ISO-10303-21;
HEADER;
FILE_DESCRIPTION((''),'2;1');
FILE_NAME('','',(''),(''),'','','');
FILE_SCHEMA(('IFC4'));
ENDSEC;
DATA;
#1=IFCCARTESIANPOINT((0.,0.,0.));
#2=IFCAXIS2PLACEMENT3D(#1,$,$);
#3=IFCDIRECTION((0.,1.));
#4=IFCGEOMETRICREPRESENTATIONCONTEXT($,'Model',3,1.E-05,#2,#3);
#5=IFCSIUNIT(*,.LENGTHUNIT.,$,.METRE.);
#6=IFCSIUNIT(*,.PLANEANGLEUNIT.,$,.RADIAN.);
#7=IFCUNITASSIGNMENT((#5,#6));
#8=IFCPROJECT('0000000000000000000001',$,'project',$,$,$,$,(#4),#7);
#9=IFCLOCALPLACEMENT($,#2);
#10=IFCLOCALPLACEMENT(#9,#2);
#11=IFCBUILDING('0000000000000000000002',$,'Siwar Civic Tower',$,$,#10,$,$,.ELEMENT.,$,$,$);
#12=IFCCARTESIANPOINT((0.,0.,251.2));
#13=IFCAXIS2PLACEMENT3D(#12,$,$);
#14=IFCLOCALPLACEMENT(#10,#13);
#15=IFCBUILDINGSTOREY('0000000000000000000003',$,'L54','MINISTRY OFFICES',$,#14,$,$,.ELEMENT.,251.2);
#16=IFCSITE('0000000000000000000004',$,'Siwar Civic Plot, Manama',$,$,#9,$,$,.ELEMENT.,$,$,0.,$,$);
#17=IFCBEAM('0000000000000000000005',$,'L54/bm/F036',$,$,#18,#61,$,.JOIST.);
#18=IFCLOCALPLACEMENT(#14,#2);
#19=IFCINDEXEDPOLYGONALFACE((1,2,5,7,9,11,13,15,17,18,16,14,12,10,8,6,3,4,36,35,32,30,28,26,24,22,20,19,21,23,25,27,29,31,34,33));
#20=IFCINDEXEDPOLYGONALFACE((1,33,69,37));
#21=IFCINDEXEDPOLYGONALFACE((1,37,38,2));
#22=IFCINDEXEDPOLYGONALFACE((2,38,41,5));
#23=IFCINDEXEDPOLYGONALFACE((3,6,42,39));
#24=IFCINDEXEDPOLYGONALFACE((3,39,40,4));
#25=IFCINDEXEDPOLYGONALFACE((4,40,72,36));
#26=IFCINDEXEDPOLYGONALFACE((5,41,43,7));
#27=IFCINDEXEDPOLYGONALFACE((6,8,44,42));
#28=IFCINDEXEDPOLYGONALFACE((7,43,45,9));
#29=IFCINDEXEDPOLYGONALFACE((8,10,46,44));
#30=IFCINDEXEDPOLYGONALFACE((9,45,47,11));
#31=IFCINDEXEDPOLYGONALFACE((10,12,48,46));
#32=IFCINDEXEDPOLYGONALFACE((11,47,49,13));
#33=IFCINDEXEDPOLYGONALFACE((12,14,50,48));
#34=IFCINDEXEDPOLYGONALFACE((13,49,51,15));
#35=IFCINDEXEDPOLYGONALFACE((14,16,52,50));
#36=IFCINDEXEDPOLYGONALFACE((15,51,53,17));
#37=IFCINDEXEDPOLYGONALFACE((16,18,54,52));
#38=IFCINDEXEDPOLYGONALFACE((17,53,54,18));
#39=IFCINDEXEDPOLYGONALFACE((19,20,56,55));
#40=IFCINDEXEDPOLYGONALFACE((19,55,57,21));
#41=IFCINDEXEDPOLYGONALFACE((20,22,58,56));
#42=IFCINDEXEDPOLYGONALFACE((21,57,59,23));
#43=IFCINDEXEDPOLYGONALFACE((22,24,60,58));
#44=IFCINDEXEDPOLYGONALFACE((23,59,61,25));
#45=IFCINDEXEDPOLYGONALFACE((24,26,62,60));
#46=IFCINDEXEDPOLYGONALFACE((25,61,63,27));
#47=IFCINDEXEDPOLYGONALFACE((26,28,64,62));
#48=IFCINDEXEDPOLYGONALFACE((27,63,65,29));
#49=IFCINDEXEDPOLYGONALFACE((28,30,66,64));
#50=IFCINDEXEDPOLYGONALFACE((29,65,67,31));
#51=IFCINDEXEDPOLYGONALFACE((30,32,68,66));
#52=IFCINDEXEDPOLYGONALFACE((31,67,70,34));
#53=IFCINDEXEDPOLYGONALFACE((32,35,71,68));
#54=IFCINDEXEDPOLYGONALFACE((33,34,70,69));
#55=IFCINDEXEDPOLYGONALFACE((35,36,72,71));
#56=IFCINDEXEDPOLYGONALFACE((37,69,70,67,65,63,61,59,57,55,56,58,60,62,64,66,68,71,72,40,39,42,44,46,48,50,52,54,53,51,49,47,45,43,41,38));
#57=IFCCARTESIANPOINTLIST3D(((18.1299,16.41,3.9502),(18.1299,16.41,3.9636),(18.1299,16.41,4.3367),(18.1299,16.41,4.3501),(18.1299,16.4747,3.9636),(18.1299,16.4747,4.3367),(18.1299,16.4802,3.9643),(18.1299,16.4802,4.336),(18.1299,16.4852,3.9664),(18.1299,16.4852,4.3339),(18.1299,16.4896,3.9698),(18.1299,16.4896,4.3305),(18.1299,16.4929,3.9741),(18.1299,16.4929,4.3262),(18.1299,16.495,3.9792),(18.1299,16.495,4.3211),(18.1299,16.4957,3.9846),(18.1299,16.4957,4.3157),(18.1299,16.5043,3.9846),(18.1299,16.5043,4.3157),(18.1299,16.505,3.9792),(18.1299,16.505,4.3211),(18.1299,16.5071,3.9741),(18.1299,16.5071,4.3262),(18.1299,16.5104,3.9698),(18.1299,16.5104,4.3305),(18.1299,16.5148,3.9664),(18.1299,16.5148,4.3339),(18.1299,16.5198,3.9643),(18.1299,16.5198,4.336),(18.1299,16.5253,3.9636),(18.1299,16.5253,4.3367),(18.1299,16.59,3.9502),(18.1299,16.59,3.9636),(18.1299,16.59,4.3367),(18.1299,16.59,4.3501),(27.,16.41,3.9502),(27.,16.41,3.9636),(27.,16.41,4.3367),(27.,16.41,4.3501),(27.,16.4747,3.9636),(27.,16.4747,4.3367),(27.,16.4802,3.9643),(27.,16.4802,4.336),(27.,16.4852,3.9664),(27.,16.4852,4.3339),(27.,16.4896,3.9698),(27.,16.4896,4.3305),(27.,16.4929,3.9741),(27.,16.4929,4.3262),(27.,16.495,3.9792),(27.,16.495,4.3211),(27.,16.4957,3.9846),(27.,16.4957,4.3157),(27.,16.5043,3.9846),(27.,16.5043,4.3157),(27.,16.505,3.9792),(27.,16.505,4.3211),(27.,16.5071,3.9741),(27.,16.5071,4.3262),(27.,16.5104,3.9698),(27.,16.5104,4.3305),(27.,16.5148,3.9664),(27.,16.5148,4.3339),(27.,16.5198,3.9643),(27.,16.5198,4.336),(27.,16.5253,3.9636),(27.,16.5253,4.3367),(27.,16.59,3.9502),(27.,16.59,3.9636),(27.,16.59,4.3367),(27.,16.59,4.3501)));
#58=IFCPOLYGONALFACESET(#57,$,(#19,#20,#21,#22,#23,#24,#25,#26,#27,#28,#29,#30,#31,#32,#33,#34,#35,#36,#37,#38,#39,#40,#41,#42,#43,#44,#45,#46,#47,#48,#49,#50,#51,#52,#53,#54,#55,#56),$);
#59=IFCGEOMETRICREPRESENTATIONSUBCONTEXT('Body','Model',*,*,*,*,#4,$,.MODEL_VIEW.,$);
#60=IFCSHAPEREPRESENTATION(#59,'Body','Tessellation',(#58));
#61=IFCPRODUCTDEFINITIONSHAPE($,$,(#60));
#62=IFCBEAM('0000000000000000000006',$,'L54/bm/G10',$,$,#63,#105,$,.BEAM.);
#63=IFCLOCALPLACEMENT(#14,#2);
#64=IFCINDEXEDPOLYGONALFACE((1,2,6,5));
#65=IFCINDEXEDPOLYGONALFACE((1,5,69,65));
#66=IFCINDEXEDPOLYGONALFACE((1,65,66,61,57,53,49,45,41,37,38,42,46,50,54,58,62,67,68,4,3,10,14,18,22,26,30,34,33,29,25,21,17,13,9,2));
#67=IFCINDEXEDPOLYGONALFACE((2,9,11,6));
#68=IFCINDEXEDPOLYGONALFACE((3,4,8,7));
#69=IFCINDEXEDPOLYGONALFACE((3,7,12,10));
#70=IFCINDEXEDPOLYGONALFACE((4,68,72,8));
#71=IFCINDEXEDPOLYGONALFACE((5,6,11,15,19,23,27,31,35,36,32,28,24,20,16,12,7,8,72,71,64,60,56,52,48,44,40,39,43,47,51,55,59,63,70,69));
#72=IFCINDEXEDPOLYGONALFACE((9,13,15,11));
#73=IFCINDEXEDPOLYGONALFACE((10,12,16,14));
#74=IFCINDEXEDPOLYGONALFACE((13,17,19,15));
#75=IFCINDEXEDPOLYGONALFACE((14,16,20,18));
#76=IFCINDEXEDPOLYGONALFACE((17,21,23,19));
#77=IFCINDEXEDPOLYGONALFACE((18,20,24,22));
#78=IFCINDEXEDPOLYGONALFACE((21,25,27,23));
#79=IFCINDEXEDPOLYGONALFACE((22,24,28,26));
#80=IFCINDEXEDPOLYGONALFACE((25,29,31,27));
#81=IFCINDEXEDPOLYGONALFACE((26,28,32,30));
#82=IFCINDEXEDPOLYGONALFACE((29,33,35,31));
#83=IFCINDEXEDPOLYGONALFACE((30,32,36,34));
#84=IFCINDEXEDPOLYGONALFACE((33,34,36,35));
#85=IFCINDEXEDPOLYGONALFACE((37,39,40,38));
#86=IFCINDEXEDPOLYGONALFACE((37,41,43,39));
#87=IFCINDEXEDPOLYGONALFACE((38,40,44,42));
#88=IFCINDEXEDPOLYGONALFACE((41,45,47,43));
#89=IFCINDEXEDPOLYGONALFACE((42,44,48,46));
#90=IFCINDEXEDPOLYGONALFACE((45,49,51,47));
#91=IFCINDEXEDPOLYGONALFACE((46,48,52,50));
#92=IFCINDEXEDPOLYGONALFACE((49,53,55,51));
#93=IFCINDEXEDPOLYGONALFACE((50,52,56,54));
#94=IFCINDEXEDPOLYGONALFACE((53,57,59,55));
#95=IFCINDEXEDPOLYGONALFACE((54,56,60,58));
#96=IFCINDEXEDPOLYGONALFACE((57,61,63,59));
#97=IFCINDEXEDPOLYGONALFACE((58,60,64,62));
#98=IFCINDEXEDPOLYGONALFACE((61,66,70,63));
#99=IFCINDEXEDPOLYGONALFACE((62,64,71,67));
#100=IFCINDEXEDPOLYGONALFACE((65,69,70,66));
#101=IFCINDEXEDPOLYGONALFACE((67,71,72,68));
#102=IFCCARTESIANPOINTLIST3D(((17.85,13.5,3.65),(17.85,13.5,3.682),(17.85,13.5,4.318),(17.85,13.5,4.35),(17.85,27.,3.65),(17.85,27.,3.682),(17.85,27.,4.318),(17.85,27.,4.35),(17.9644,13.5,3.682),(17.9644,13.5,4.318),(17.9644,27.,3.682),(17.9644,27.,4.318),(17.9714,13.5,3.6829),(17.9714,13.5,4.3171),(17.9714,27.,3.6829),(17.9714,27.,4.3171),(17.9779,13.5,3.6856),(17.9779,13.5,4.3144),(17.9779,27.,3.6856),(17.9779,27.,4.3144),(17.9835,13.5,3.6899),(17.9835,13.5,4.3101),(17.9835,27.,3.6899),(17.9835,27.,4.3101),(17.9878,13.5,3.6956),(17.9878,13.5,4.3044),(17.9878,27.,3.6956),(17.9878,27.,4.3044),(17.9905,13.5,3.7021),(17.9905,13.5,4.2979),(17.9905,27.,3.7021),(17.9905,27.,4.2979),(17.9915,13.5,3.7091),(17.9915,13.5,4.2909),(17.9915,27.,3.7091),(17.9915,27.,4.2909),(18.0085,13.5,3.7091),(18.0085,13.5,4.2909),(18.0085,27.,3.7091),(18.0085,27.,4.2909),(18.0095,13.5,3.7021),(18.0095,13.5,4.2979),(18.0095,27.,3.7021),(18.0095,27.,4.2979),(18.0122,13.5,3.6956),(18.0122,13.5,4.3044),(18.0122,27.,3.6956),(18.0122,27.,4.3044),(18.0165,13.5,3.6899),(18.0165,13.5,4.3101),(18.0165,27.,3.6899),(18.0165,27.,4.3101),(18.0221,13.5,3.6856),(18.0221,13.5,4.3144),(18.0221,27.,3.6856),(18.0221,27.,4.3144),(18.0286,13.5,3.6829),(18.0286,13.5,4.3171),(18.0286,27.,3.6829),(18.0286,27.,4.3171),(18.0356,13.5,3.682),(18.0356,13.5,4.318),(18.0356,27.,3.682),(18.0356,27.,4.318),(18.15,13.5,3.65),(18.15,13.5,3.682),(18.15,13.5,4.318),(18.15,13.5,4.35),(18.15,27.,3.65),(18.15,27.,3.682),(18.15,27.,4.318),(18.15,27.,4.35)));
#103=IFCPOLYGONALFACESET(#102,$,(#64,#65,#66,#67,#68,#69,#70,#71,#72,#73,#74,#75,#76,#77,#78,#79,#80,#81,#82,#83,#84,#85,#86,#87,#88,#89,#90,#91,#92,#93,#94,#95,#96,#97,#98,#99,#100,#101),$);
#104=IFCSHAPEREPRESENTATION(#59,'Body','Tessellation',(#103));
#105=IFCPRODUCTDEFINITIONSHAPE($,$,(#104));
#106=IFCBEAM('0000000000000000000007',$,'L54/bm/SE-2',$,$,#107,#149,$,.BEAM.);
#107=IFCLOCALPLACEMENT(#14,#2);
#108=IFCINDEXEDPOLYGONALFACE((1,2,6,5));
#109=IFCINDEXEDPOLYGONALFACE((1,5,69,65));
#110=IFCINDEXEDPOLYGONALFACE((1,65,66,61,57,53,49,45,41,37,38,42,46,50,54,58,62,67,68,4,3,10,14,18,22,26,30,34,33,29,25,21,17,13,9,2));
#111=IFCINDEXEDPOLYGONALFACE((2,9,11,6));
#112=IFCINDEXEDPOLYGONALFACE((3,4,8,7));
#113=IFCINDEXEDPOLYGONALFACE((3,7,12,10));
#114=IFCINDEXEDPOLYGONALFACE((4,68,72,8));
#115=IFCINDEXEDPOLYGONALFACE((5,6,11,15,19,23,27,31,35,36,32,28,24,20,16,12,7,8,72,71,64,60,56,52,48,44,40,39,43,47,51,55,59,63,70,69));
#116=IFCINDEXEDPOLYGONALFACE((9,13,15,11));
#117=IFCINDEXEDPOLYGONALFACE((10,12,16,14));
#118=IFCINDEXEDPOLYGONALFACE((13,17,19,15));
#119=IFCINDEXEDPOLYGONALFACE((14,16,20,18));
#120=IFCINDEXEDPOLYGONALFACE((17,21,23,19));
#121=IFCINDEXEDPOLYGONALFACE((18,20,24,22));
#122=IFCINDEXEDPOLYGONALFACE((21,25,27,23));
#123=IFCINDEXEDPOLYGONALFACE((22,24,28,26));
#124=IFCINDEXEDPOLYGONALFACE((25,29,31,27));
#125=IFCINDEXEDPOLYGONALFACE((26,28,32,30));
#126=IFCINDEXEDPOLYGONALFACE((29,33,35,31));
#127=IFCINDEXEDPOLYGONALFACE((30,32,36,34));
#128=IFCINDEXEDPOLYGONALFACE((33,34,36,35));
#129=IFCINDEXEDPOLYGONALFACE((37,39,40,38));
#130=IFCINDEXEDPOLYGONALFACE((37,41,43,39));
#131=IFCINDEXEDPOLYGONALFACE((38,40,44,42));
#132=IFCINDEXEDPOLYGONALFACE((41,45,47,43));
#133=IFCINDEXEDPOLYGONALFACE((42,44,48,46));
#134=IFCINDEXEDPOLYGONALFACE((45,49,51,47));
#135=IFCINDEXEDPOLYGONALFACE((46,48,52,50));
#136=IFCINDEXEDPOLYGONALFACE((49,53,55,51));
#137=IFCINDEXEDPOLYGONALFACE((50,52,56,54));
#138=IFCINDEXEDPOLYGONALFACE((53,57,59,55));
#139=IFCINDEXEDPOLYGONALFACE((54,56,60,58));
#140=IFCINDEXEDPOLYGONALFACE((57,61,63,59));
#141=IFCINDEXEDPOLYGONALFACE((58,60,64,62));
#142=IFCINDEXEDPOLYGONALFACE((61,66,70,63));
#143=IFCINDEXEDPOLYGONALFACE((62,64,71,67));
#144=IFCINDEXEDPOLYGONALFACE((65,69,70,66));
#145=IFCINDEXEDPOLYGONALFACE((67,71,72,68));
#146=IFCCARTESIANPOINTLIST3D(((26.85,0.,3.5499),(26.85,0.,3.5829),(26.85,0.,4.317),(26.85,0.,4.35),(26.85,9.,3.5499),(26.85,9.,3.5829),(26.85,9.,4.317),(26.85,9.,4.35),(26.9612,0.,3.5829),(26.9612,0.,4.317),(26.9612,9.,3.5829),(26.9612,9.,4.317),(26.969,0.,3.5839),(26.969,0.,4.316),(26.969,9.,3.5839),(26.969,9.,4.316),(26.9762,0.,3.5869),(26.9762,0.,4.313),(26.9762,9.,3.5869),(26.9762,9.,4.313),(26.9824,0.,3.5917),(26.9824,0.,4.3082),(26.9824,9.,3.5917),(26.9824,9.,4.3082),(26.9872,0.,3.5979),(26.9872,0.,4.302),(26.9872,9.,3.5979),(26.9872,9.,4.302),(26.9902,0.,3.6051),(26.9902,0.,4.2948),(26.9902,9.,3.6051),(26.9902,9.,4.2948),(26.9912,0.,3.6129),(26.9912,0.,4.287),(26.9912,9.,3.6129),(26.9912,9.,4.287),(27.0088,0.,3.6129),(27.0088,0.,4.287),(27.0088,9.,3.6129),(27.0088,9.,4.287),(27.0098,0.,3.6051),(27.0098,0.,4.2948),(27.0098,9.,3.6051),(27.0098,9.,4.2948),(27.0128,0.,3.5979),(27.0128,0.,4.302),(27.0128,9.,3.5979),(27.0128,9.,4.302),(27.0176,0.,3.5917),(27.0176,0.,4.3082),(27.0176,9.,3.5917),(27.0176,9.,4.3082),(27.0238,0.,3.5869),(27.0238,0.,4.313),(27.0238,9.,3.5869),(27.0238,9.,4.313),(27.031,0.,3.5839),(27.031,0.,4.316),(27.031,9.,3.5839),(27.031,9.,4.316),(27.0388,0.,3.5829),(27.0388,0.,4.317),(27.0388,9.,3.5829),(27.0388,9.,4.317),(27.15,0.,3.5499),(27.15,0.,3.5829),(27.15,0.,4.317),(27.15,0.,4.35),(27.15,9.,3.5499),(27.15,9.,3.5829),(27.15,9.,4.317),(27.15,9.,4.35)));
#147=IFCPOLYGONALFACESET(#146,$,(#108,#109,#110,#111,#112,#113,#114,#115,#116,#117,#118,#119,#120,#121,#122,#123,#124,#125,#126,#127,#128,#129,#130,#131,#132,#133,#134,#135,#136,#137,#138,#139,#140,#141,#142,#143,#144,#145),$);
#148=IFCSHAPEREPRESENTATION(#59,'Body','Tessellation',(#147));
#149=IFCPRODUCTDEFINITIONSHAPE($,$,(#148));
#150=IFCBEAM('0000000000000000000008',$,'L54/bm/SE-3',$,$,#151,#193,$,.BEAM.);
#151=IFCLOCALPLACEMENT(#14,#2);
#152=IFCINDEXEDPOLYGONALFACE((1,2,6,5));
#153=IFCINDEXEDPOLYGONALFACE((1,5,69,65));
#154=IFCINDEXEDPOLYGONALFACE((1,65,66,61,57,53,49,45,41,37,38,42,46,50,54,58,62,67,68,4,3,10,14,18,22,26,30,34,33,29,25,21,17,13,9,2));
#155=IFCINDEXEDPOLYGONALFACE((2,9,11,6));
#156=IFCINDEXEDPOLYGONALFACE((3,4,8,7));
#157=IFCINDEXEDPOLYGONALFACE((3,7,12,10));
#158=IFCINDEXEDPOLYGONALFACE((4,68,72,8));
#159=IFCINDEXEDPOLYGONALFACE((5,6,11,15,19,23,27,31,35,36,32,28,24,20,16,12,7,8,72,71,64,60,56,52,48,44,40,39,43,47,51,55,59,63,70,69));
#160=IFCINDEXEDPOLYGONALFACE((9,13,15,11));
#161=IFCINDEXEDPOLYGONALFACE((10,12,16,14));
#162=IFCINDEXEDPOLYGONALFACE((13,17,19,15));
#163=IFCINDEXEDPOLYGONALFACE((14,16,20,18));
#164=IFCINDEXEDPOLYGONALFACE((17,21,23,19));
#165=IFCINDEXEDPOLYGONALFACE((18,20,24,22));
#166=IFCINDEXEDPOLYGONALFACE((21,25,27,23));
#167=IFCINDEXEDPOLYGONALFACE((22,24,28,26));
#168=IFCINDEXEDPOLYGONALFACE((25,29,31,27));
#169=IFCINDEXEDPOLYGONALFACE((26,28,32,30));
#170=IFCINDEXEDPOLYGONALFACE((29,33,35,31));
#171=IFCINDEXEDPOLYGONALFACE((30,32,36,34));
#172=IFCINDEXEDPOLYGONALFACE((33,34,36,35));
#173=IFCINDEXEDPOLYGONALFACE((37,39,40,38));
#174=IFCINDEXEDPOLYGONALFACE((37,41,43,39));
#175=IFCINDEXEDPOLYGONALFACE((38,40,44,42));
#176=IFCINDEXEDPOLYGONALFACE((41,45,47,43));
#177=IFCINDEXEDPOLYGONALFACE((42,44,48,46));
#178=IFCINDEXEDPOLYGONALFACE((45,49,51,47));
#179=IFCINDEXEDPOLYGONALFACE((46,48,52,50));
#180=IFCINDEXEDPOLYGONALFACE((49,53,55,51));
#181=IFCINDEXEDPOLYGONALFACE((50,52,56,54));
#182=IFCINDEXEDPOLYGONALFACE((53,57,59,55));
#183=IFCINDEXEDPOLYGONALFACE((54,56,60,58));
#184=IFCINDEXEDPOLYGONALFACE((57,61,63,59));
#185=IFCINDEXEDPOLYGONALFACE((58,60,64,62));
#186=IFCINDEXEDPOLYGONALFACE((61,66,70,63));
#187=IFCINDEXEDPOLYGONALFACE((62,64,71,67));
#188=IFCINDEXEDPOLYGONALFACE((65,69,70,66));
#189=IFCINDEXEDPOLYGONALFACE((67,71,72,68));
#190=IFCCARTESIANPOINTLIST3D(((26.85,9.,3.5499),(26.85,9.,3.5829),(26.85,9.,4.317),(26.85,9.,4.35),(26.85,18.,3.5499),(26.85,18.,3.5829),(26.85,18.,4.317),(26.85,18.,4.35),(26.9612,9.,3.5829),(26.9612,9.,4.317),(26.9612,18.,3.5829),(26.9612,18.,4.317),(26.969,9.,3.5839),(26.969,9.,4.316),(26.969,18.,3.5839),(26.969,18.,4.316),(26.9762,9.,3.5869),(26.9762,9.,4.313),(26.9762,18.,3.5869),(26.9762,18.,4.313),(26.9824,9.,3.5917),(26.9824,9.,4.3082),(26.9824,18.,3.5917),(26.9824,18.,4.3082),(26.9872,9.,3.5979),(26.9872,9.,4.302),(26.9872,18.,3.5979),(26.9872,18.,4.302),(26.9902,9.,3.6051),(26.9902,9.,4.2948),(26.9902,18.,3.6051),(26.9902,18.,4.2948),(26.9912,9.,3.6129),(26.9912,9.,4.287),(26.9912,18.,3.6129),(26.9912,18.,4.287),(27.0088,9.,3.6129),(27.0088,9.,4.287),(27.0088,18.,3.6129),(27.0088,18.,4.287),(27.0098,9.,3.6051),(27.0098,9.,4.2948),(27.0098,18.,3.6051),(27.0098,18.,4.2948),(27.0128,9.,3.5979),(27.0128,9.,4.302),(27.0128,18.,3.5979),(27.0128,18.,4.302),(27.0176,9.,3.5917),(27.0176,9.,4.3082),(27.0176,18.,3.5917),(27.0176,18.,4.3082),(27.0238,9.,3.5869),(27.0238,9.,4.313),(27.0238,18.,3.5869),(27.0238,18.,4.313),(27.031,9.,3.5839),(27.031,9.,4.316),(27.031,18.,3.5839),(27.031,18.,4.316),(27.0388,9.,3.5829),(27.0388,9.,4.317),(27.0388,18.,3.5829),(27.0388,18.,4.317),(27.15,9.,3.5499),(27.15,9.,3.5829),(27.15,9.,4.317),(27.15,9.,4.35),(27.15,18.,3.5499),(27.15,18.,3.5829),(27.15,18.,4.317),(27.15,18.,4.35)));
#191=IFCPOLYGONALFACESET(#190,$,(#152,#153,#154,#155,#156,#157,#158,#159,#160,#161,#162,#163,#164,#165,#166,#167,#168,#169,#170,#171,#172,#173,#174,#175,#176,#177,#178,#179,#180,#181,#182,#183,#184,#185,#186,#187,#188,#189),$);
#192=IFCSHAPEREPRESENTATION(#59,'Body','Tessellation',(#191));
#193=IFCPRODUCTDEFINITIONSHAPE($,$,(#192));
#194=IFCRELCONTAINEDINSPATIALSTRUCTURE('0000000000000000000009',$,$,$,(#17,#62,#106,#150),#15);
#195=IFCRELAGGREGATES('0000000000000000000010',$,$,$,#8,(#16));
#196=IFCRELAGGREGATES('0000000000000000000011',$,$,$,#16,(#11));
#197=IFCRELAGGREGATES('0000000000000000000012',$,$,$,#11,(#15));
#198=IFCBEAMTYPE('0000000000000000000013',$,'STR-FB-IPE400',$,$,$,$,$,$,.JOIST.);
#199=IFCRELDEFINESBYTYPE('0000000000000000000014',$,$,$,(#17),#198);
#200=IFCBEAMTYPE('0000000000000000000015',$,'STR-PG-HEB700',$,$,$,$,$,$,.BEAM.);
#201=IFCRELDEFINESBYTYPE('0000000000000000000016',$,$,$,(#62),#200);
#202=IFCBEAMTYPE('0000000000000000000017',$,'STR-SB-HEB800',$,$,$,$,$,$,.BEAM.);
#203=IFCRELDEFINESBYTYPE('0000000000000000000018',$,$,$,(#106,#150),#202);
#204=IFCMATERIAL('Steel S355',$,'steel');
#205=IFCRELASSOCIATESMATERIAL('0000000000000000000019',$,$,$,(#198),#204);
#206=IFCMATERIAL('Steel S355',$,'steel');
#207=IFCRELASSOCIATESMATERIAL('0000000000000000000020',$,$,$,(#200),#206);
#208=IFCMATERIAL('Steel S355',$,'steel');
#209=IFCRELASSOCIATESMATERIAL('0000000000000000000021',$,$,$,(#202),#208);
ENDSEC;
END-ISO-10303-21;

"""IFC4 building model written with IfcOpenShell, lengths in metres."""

from ifc_helpers import new_model, si_unit, direction, frame, origin, origin_2d, place, context, subcontext, project, spatial, i_section, extrude, material, material_profile, profile_set, type_object, element, save


model = new_model("IFC4")

# Units and contexts
model_context = context("Model", 3, precision=1e-05, world=origin(), true_north=direction((0.0, 1.0)))
body_context = subcontext(model_context, "Body", "Model", "MODEL_VIEW")
ifc_project = project(units=[si_unit("LENGTHUNIT", "METRE"), si_unit("PLANEANGLEUNIT", "RADIAN")], contexts=[model_context])

# Site, building, storey
site_placement = place(None, origin())
site = spatial("IfcSite", under=ifc_project, at=site_placement, Name="Siwar Civic Plot, Manama", CompositionType="ELEMENT", RefElevation=0.0)
building_placement = place(site_placement, origin())
building = spatial("IfcBuilding", under=site, at=building_placement, Name="Siwar Civic Tower", CompositionType="ELEMENT")
storey_placement = place(building_placement, frame((0.0, 0.0, 251.2)))
storey = spatial("IfcBuildingStorey", under=building, at=storey_placement, Name="L54", Description="MINISTRY OFFICES", CompositionType="ELEMENT", Elevation=251.2)

# Beams
ifc_material_1 = material(Name="Steel S355", Category="steel")
ifc_material_profile_1 = material_profile(ifc_material_1, i_section(OverallWidth=0.1799, OverallDepth=0.3999, WebThickness=0.0085, FlangeThickness=0.0134, FilletRadius=0.021, at=origin_2d()), Name="IPE400")
ifc_profile_set_1 = profile_set([ifc_material_profile_1], Name="Steel S355")
beam_type_1 = type_object("IfcBeamType", Name="STR-FB-IPE400", PredefinedType="JOIST", material=ifc_profile_set_1)
beam_1_placement = place(storey_placement, frame((18.1299, 16.5, 4.1501), z_axis=(1.0, 0.0, 0.0), x_axis=(0.0, 1.0, 0.0)))
element("IfcBeam", 1, at=beam_1_placement, inside=storey, type_object=beam_type_1, Name="L54/bm/F036", PredefinedType="JOIST", context=body_context, shape_type="SweptSolid", body=[
    extrude(i_section(OverallWidth=0.1799, OverallDepth=0.3999, WebThickness=0.0085, FlangeThickness=0.0134, FilletRadius=0.021, at=origin_2d()), origin(), (0.0, 0.0, 1.0), 8.8701),
])
ifc_material_2 = material(Name="Steel S355", Category="steel")
ifc_material_profile_2 = material_profile(ifc_material_2, i_section(OverallWidth=0.3, OverallDepth=0.7, WebThickness=0.0171, FlangeThickness=0.032, FilletRadius=0.0271, at=origin_2d()), Name="HEB700")
ifc_profile_set_2 = profile_set([ifc_material_profile_2], Name="Steel S355")
beam_type_2 = type_object("IfcBeamType", Name="STR-PG-HEB700", PredefinedType="BEAM", material=ifc_profile_set_2)
beam_2_placement = place(storey_placement, frame((18.0, 13.5, 4.0), z_axis=(0.0, 1.0, 0.0), x_axis=(-1.0, 0.0, 0.0)))
element("IfcBeam", 2, at=beam_2_placement, inside=storey, type_object=beam_type_2, Name="L54/bm/G10", PredefinedType="BEAM", context=body_context, shape_type="SweptSolid", body=[
    extrude(i_section(OverallWidth=0.3, OverallDepth=0.7, WebThickness=0.0171, FlangeThickness=0.032, FilletRadius=0.0271, at=origin_2d()), origin(), (0.0, 0.0, 1.0), 13.5),
])
ifc_material_3 = material(Name="Steel S355", Category="steel")
ifc_material_profile_3 = material_profile(ifc_material_3, i_section(OverallWidth=0.3, OverallDepth=0.8, WebThickness=0.0176, FlangeThickness=0.033, FilletRadius=0.03, at=origin_2d()), Name="HEB800")
ifc_profile_set_3 = profile_set([ifc_material_profile_3], Name="Steel S355")
beam_type_3 = type_object("IfcBeamType", Name="STR-SB-HEB800", PredefinedType="BEAM", material=ifc_profile_set_3)
for number, where, z_axis, x_axis, name in (
    (3, (27.0, 0.0, 3.95), (0.0, 1.0, 0.0), (-1.0, 0.0, 0.0), "L54/bm/SE-2"),
    (4, (27.0, 9.0, 3.95), (0.0, 1.0, 0.0), (-1.0, 0.0, 0.0), "L54/bm/SE-3"),
):
    element("IfcBeam", number, at=place(storey_placement, frame(where, z_axis=z_axis, x_axis=x_axis)), inside=storey, type_object=beam_type_3, Name=name, PredefinedType="BEAM", context=body_context, shape_type="SweptSolid", body=[
        extrude(i_section(OverallWidth=0.3, OverallDepth=0.8, WebThickness=0.0176, FlangeThickness=0.033, FilletRadius=0.03, at=origin_2d()), origin(), (0.0, 0.0, 1.0), 9.0),
    ])

save(model, "model.ifc")
